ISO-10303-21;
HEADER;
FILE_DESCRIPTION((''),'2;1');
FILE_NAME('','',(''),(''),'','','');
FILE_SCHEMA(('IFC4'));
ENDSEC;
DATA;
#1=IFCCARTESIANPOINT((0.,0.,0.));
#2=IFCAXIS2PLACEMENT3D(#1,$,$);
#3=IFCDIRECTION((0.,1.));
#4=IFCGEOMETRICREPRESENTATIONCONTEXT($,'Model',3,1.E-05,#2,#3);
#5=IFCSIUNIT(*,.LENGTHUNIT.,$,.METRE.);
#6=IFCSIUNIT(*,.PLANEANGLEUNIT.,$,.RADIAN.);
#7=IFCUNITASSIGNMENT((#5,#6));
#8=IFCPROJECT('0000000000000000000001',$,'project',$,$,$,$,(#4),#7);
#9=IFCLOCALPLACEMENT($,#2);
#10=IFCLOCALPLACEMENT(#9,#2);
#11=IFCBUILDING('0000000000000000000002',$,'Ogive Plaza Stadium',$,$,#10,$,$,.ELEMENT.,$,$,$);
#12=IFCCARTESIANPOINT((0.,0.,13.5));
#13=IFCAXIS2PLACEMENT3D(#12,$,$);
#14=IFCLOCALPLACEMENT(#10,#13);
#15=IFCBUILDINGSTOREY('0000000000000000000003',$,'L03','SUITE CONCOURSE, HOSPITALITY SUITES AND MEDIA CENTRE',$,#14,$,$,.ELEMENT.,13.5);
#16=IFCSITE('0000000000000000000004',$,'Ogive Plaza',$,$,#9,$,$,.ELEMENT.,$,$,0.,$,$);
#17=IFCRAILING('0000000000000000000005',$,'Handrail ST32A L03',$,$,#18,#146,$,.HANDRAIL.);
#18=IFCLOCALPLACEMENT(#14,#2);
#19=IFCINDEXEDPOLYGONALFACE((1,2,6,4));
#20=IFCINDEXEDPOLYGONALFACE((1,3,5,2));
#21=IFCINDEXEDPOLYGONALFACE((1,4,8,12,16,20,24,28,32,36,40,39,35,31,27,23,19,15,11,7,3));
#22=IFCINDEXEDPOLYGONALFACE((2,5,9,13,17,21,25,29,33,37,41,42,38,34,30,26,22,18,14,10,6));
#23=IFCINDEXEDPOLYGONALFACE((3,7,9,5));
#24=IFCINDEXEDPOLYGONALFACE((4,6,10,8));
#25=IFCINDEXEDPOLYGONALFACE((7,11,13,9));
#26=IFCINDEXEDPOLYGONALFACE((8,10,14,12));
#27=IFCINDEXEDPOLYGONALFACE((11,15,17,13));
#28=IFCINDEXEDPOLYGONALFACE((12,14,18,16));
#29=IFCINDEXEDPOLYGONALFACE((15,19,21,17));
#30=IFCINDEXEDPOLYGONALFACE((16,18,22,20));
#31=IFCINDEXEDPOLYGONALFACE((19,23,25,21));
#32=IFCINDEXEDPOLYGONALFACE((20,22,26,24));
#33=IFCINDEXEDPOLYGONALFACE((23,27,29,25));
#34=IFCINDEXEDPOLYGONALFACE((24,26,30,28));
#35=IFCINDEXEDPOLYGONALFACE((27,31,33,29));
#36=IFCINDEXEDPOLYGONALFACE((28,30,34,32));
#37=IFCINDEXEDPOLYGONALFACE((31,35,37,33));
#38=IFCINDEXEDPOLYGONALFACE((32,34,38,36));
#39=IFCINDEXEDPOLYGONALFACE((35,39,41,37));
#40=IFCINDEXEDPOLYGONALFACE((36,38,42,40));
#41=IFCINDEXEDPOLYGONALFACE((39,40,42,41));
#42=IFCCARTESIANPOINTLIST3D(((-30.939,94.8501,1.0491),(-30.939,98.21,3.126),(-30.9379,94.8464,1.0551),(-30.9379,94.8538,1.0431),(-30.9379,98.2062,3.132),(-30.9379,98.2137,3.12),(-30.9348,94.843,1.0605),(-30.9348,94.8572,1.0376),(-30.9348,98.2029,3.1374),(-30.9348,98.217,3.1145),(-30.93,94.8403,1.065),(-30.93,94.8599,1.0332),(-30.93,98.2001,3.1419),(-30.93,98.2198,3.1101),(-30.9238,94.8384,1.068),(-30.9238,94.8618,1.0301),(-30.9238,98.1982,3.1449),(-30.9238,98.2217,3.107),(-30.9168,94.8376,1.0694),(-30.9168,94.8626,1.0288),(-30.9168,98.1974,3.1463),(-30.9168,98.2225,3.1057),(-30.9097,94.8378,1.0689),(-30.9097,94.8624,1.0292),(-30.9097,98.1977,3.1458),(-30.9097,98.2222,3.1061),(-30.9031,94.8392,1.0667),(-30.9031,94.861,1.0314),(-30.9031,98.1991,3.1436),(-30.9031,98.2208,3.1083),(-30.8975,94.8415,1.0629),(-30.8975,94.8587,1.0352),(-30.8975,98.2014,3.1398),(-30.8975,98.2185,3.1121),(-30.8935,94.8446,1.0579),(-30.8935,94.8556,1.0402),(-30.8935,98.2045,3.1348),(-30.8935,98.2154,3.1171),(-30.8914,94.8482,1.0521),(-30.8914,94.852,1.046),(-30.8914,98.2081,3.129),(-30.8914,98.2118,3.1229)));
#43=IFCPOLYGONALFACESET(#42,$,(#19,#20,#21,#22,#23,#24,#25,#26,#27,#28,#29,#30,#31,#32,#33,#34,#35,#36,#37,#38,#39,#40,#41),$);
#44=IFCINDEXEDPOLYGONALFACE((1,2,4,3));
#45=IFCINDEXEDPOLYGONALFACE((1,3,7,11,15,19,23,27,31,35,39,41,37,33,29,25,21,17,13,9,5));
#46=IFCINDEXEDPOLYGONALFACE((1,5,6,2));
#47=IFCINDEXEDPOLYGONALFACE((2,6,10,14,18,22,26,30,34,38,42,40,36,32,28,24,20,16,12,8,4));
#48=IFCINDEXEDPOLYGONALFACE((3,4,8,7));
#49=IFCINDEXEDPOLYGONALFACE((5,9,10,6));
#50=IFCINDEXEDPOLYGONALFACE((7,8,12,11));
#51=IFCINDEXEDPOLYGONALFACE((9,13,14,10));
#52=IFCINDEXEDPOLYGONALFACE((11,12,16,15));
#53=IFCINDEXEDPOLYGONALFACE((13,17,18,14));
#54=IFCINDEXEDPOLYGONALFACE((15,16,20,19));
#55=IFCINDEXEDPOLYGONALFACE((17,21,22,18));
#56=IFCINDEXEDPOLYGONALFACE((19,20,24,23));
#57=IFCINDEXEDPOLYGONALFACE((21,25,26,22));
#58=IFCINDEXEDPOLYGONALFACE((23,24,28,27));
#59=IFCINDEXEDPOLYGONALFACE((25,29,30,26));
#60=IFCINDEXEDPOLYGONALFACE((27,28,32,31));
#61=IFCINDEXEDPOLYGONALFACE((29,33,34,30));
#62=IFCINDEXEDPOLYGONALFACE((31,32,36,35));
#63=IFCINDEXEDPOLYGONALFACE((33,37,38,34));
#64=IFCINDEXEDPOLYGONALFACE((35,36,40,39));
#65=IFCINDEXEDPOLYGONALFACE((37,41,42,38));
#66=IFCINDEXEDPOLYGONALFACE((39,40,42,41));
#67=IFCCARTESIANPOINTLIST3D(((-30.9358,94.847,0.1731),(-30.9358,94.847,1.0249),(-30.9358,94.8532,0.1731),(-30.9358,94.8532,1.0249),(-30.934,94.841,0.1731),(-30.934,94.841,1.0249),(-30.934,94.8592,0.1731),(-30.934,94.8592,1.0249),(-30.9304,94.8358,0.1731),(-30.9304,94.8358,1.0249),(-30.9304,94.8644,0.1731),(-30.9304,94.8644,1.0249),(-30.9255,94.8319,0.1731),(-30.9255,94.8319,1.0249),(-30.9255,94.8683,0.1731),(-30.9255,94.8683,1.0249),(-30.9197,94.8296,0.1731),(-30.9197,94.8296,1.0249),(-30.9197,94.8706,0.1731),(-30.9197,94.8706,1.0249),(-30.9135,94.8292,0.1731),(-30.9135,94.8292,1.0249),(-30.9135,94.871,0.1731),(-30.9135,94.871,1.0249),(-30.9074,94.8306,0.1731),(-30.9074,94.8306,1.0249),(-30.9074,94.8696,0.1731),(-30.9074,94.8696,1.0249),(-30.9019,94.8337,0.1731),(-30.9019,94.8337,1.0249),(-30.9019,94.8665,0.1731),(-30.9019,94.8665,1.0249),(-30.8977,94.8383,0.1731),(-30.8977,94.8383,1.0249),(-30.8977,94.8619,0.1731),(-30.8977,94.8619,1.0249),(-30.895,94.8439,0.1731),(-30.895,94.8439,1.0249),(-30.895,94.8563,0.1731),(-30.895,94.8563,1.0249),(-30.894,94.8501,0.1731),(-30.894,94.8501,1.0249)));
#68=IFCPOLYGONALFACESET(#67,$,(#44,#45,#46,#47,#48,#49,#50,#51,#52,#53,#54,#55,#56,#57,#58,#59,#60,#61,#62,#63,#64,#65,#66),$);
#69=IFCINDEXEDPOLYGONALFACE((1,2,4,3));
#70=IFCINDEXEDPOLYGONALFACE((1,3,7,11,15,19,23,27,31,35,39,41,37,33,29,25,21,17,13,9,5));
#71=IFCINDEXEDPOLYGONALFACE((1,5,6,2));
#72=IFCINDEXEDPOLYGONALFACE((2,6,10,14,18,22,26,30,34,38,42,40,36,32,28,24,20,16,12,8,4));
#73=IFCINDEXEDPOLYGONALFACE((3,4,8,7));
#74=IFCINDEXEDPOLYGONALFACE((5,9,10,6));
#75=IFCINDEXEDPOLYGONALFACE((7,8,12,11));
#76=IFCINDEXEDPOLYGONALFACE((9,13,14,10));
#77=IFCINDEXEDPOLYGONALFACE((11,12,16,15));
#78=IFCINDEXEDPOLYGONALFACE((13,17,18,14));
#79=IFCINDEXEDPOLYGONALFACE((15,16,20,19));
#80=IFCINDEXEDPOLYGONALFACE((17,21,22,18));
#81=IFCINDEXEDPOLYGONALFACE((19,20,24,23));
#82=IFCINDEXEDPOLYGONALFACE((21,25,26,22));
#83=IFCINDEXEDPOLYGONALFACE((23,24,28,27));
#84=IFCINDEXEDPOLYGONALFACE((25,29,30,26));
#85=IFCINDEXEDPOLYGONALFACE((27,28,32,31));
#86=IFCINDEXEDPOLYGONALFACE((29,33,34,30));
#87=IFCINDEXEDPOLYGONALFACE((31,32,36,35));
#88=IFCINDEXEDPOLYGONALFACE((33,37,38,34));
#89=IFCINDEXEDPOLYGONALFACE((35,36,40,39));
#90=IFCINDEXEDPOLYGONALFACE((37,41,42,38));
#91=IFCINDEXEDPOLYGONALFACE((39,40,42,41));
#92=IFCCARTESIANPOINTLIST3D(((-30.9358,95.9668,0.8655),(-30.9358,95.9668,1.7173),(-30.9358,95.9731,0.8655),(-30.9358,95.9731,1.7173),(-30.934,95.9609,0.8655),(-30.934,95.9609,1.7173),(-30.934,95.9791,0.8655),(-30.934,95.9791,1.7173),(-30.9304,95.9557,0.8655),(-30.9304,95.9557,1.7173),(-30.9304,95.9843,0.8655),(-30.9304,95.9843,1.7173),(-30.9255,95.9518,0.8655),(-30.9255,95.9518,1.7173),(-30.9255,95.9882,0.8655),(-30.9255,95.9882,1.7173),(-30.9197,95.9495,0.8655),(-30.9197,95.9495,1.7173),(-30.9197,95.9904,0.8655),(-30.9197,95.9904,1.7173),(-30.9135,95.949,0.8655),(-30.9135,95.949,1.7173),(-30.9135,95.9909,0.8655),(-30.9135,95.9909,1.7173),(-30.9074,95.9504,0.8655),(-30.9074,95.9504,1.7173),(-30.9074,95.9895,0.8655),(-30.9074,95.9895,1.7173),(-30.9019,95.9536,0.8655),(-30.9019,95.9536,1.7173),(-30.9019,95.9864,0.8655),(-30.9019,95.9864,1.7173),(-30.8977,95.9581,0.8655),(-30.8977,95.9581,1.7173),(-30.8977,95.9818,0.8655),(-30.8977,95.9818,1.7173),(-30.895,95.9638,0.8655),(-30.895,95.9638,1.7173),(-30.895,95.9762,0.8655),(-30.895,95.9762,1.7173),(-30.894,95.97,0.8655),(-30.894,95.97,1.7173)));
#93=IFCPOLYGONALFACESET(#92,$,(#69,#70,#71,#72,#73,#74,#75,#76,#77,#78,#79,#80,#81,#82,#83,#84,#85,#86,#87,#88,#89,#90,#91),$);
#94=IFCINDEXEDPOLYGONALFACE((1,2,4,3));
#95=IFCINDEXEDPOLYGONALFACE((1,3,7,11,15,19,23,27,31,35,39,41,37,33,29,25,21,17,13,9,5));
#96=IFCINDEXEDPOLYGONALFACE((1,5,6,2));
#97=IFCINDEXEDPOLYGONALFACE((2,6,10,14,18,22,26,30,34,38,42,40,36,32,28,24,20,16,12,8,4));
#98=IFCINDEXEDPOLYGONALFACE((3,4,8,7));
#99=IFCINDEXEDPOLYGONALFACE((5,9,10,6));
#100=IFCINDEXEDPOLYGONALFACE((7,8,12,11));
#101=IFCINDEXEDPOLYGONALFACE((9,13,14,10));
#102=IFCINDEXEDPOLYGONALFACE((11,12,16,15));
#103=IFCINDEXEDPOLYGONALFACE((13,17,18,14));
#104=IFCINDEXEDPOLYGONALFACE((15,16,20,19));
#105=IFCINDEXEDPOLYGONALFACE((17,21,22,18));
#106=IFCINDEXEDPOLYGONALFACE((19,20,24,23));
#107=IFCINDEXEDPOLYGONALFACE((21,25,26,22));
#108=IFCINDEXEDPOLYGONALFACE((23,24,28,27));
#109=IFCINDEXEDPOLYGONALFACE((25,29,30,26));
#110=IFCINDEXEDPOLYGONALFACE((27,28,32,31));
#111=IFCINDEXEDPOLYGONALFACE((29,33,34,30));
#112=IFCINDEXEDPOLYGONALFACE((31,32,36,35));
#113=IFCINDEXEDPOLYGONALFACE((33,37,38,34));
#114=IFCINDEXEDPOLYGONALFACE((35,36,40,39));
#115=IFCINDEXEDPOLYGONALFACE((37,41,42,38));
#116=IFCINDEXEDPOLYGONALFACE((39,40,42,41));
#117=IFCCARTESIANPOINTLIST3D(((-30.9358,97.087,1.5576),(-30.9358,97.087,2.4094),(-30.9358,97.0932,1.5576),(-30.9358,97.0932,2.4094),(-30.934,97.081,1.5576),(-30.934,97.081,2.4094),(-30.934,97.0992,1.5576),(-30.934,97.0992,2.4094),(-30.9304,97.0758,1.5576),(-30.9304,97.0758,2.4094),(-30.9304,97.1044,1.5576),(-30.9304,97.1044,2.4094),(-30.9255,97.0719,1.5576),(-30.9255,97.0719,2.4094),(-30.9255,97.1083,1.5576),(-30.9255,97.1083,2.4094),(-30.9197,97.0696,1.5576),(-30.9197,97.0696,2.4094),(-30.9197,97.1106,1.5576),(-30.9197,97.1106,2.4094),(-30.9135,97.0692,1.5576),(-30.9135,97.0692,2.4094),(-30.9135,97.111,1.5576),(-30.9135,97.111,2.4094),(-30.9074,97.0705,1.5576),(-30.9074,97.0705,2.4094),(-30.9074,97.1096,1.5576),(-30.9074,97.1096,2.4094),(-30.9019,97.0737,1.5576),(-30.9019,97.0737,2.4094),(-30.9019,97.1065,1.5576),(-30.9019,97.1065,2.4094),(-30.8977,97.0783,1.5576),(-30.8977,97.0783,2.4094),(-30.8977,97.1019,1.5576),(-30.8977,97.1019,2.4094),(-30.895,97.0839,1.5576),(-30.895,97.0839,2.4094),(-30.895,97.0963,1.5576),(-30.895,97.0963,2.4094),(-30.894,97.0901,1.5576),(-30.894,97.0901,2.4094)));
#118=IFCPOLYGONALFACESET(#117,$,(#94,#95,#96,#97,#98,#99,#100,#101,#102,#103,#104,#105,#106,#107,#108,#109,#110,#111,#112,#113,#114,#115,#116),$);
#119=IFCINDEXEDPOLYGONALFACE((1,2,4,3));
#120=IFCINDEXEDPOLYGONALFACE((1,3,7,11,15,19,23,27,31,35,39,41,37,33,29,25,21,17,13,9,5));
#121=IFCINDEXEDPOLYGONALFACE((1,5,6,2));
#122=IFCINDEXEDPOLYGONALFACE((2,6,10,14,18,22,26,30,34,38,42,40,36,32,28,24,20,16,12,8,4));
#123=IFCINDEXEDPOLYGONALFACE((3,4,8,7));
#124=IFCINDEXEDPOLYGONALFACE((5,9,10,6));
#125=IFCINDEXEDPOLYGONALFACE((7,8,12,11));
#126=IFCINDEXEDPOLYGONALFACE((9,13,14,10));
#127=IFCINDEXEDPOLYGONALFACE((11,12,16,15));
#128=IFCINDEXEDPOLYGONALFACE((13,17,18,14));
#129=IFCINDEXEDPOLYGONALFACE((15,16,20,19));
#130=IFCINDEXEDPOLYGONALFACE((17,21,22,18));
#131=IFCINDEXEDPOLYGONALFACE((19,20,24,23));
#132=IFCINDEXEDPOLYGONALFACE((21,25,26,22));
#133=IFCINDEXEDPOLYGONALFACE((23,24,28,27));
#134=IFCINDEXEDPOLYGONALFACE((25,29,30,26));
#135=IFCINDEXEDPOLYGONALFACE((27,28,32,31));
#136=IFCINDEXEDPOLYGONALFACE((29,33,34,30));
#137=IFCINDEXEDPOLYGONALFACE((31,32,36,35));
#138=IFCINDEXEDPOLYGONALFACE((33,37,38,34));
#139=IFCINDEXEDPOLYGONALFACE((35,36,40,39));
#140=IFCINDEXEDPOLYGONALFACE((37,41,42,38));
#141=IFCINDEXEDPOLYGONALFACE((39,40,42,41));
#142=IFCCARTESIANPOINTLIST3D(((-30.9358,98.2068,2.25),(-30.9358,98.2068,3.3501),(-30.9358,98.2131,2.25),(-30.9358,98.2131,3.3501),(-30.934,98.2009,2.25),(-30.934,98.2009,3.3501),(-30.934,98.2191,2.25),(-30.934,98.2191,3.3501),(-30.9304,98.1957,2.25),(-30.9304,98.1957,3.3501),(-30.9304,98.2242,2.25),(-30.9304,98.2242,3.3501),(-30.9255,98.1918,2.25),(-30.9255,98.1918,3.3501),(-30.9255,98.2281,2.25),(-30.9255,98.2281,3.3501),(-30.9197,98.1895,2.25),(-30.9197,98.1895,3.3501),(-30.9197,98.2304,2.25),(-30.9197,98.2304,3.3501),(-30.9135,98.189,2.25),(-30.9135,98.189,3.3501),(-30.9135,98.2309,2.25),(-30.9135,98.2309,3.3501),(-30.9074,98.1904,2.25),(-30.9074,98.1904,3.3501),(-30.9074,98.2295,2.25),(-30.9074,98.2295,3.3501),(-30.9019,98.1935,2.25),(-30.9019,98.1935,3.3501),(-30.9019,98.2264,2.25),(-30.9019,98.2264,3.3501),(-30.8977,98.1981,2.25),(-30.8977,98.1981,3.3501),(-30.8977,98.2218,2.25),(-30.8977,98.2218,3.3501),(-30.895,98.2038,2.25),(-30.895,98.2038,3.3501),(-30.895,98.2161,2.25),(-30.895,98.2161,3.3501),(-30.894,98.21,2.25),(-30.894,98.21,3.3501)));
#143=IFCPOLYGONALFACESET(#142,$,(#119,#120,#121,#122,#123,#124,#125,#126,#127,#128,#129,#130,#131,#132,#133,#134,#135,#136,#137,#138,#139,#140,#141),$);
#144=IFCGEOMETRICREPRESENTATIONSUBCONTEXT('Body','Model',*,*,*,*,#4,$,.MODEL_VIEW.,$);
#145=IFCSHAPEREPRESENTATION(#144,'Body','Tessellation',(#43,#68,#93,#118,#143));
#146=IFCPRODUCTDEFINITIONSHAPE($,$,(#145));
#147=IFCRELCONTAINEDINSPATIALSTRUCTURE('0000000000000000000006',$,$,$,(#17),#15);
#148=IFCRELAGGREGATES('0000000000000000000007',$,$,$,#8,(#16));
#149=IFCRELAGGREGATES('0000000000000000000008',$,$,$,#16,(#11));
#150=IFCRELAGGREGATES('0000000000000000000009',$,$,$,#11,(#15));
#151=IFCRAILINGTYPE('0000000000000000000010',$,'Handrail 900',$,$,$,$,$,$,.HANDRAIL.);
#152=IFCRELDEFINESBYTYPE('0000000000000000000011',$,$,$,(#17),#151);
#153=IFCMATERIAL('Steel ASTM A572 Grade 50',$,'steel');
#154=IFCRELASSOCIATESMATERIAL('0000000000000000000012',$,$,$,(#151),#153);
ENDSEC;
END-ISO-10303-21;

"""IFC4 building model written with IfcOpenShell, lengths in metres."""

from ifc_helpers import new_model, si_unit, direction, frame, origin, origin_2d, place, context, subcontext, project, spatial, circle, extrude, material, type_object, element, save


model = new_model("IFC4")

# Units and contexts
model_context = context("Model", 3, precision=1e-05, world=origin(), true_north=direction((0.0, 1.0)))
body_context = subcontext(model_context, "Body", "Model", "MODEL_VIEW")
ifc_project = project(units=[si_unit("LENGTHUNIT", "METRE"), si_unit("PLANEANGLEUNIT", "RADIAN")], contexts=[model_context])

# Site, building, storey
site_placement = place(None, origin())
site = spatial("IfcSite", under=ifc_project, at=site_placement, Name="Ogive Plaza", CompositionType="ELEMENT", RefElevation=0.0)
building_placement = place(site_placement, origin())
building = spatial("IfcBuilding", under=site, at=building_placement, Name="Ogive Plaza Stadium", CompositionType="ELEMENT")
storey_placement = place(building_placement, frame((0.0, 0.0, 13.5)))
storey = spatial("IfcBuildingStorey", under=building, at=storey_placement, Name="L03", Description="SUITE CONCOURSE, HOSPITALITY SUITES AND MEDIA CENTRE", CompositionType="ELEMENT", Elevation=13.5)

# Railing
ifc_material_1 = material(Name="Steel ASTM A572 Grade 50", Category="steel")
railing_type_1 = type_object("IfcRailingType", Name="Handrail 900", PredefinedType="HANDRAIL", material=ifc_material_1)
for number, where, name in (
    (1, (-30.915, 94.8501, 0.1731), "Handrail ST32A L03"),
):
    element("IfcRailing", number, at=place(storey_placement, frame(where)), inside=storey, type_object=railing_type_1, Name=name, PredefinedType="HANDRAIL", context=body_context, shape_type="SweptSolid", body=[
        extrude(circle(Radius=0.0239, at=origin_2d()), frame((0.0, 0.0, 0.876), z_axis=(0.0, 0.850606, 0.525803), x_axis=(-1.0, 0.0, 0.0)), (0.0, 0.0, 1.0), 3.95),
        extrude(circle(Radius=0.021, at=origin_2d()), origin(), (0.0, 0.0, 1.0), 0.8518),
        extrude(circle(Radius=0.021, at=origin_2d()), frame((0.0, 1.1199, 0.6924)), (0.0, 0.0, 1.0), 0.8518),
        extrude(circle(Radius=0.021, at=origin_2d()), frame((0.0, 2.24, 1.3845)), (0.0, 0.0, 1.0), 0.8518),
        extrude(circle(Radius=0.021, at=origin_2d()), frame((0.0, 3.3599, 2.0769)), (0.0, 0.0, 1.0), 1.1001),
    ])

save(model, "model.ifc")
